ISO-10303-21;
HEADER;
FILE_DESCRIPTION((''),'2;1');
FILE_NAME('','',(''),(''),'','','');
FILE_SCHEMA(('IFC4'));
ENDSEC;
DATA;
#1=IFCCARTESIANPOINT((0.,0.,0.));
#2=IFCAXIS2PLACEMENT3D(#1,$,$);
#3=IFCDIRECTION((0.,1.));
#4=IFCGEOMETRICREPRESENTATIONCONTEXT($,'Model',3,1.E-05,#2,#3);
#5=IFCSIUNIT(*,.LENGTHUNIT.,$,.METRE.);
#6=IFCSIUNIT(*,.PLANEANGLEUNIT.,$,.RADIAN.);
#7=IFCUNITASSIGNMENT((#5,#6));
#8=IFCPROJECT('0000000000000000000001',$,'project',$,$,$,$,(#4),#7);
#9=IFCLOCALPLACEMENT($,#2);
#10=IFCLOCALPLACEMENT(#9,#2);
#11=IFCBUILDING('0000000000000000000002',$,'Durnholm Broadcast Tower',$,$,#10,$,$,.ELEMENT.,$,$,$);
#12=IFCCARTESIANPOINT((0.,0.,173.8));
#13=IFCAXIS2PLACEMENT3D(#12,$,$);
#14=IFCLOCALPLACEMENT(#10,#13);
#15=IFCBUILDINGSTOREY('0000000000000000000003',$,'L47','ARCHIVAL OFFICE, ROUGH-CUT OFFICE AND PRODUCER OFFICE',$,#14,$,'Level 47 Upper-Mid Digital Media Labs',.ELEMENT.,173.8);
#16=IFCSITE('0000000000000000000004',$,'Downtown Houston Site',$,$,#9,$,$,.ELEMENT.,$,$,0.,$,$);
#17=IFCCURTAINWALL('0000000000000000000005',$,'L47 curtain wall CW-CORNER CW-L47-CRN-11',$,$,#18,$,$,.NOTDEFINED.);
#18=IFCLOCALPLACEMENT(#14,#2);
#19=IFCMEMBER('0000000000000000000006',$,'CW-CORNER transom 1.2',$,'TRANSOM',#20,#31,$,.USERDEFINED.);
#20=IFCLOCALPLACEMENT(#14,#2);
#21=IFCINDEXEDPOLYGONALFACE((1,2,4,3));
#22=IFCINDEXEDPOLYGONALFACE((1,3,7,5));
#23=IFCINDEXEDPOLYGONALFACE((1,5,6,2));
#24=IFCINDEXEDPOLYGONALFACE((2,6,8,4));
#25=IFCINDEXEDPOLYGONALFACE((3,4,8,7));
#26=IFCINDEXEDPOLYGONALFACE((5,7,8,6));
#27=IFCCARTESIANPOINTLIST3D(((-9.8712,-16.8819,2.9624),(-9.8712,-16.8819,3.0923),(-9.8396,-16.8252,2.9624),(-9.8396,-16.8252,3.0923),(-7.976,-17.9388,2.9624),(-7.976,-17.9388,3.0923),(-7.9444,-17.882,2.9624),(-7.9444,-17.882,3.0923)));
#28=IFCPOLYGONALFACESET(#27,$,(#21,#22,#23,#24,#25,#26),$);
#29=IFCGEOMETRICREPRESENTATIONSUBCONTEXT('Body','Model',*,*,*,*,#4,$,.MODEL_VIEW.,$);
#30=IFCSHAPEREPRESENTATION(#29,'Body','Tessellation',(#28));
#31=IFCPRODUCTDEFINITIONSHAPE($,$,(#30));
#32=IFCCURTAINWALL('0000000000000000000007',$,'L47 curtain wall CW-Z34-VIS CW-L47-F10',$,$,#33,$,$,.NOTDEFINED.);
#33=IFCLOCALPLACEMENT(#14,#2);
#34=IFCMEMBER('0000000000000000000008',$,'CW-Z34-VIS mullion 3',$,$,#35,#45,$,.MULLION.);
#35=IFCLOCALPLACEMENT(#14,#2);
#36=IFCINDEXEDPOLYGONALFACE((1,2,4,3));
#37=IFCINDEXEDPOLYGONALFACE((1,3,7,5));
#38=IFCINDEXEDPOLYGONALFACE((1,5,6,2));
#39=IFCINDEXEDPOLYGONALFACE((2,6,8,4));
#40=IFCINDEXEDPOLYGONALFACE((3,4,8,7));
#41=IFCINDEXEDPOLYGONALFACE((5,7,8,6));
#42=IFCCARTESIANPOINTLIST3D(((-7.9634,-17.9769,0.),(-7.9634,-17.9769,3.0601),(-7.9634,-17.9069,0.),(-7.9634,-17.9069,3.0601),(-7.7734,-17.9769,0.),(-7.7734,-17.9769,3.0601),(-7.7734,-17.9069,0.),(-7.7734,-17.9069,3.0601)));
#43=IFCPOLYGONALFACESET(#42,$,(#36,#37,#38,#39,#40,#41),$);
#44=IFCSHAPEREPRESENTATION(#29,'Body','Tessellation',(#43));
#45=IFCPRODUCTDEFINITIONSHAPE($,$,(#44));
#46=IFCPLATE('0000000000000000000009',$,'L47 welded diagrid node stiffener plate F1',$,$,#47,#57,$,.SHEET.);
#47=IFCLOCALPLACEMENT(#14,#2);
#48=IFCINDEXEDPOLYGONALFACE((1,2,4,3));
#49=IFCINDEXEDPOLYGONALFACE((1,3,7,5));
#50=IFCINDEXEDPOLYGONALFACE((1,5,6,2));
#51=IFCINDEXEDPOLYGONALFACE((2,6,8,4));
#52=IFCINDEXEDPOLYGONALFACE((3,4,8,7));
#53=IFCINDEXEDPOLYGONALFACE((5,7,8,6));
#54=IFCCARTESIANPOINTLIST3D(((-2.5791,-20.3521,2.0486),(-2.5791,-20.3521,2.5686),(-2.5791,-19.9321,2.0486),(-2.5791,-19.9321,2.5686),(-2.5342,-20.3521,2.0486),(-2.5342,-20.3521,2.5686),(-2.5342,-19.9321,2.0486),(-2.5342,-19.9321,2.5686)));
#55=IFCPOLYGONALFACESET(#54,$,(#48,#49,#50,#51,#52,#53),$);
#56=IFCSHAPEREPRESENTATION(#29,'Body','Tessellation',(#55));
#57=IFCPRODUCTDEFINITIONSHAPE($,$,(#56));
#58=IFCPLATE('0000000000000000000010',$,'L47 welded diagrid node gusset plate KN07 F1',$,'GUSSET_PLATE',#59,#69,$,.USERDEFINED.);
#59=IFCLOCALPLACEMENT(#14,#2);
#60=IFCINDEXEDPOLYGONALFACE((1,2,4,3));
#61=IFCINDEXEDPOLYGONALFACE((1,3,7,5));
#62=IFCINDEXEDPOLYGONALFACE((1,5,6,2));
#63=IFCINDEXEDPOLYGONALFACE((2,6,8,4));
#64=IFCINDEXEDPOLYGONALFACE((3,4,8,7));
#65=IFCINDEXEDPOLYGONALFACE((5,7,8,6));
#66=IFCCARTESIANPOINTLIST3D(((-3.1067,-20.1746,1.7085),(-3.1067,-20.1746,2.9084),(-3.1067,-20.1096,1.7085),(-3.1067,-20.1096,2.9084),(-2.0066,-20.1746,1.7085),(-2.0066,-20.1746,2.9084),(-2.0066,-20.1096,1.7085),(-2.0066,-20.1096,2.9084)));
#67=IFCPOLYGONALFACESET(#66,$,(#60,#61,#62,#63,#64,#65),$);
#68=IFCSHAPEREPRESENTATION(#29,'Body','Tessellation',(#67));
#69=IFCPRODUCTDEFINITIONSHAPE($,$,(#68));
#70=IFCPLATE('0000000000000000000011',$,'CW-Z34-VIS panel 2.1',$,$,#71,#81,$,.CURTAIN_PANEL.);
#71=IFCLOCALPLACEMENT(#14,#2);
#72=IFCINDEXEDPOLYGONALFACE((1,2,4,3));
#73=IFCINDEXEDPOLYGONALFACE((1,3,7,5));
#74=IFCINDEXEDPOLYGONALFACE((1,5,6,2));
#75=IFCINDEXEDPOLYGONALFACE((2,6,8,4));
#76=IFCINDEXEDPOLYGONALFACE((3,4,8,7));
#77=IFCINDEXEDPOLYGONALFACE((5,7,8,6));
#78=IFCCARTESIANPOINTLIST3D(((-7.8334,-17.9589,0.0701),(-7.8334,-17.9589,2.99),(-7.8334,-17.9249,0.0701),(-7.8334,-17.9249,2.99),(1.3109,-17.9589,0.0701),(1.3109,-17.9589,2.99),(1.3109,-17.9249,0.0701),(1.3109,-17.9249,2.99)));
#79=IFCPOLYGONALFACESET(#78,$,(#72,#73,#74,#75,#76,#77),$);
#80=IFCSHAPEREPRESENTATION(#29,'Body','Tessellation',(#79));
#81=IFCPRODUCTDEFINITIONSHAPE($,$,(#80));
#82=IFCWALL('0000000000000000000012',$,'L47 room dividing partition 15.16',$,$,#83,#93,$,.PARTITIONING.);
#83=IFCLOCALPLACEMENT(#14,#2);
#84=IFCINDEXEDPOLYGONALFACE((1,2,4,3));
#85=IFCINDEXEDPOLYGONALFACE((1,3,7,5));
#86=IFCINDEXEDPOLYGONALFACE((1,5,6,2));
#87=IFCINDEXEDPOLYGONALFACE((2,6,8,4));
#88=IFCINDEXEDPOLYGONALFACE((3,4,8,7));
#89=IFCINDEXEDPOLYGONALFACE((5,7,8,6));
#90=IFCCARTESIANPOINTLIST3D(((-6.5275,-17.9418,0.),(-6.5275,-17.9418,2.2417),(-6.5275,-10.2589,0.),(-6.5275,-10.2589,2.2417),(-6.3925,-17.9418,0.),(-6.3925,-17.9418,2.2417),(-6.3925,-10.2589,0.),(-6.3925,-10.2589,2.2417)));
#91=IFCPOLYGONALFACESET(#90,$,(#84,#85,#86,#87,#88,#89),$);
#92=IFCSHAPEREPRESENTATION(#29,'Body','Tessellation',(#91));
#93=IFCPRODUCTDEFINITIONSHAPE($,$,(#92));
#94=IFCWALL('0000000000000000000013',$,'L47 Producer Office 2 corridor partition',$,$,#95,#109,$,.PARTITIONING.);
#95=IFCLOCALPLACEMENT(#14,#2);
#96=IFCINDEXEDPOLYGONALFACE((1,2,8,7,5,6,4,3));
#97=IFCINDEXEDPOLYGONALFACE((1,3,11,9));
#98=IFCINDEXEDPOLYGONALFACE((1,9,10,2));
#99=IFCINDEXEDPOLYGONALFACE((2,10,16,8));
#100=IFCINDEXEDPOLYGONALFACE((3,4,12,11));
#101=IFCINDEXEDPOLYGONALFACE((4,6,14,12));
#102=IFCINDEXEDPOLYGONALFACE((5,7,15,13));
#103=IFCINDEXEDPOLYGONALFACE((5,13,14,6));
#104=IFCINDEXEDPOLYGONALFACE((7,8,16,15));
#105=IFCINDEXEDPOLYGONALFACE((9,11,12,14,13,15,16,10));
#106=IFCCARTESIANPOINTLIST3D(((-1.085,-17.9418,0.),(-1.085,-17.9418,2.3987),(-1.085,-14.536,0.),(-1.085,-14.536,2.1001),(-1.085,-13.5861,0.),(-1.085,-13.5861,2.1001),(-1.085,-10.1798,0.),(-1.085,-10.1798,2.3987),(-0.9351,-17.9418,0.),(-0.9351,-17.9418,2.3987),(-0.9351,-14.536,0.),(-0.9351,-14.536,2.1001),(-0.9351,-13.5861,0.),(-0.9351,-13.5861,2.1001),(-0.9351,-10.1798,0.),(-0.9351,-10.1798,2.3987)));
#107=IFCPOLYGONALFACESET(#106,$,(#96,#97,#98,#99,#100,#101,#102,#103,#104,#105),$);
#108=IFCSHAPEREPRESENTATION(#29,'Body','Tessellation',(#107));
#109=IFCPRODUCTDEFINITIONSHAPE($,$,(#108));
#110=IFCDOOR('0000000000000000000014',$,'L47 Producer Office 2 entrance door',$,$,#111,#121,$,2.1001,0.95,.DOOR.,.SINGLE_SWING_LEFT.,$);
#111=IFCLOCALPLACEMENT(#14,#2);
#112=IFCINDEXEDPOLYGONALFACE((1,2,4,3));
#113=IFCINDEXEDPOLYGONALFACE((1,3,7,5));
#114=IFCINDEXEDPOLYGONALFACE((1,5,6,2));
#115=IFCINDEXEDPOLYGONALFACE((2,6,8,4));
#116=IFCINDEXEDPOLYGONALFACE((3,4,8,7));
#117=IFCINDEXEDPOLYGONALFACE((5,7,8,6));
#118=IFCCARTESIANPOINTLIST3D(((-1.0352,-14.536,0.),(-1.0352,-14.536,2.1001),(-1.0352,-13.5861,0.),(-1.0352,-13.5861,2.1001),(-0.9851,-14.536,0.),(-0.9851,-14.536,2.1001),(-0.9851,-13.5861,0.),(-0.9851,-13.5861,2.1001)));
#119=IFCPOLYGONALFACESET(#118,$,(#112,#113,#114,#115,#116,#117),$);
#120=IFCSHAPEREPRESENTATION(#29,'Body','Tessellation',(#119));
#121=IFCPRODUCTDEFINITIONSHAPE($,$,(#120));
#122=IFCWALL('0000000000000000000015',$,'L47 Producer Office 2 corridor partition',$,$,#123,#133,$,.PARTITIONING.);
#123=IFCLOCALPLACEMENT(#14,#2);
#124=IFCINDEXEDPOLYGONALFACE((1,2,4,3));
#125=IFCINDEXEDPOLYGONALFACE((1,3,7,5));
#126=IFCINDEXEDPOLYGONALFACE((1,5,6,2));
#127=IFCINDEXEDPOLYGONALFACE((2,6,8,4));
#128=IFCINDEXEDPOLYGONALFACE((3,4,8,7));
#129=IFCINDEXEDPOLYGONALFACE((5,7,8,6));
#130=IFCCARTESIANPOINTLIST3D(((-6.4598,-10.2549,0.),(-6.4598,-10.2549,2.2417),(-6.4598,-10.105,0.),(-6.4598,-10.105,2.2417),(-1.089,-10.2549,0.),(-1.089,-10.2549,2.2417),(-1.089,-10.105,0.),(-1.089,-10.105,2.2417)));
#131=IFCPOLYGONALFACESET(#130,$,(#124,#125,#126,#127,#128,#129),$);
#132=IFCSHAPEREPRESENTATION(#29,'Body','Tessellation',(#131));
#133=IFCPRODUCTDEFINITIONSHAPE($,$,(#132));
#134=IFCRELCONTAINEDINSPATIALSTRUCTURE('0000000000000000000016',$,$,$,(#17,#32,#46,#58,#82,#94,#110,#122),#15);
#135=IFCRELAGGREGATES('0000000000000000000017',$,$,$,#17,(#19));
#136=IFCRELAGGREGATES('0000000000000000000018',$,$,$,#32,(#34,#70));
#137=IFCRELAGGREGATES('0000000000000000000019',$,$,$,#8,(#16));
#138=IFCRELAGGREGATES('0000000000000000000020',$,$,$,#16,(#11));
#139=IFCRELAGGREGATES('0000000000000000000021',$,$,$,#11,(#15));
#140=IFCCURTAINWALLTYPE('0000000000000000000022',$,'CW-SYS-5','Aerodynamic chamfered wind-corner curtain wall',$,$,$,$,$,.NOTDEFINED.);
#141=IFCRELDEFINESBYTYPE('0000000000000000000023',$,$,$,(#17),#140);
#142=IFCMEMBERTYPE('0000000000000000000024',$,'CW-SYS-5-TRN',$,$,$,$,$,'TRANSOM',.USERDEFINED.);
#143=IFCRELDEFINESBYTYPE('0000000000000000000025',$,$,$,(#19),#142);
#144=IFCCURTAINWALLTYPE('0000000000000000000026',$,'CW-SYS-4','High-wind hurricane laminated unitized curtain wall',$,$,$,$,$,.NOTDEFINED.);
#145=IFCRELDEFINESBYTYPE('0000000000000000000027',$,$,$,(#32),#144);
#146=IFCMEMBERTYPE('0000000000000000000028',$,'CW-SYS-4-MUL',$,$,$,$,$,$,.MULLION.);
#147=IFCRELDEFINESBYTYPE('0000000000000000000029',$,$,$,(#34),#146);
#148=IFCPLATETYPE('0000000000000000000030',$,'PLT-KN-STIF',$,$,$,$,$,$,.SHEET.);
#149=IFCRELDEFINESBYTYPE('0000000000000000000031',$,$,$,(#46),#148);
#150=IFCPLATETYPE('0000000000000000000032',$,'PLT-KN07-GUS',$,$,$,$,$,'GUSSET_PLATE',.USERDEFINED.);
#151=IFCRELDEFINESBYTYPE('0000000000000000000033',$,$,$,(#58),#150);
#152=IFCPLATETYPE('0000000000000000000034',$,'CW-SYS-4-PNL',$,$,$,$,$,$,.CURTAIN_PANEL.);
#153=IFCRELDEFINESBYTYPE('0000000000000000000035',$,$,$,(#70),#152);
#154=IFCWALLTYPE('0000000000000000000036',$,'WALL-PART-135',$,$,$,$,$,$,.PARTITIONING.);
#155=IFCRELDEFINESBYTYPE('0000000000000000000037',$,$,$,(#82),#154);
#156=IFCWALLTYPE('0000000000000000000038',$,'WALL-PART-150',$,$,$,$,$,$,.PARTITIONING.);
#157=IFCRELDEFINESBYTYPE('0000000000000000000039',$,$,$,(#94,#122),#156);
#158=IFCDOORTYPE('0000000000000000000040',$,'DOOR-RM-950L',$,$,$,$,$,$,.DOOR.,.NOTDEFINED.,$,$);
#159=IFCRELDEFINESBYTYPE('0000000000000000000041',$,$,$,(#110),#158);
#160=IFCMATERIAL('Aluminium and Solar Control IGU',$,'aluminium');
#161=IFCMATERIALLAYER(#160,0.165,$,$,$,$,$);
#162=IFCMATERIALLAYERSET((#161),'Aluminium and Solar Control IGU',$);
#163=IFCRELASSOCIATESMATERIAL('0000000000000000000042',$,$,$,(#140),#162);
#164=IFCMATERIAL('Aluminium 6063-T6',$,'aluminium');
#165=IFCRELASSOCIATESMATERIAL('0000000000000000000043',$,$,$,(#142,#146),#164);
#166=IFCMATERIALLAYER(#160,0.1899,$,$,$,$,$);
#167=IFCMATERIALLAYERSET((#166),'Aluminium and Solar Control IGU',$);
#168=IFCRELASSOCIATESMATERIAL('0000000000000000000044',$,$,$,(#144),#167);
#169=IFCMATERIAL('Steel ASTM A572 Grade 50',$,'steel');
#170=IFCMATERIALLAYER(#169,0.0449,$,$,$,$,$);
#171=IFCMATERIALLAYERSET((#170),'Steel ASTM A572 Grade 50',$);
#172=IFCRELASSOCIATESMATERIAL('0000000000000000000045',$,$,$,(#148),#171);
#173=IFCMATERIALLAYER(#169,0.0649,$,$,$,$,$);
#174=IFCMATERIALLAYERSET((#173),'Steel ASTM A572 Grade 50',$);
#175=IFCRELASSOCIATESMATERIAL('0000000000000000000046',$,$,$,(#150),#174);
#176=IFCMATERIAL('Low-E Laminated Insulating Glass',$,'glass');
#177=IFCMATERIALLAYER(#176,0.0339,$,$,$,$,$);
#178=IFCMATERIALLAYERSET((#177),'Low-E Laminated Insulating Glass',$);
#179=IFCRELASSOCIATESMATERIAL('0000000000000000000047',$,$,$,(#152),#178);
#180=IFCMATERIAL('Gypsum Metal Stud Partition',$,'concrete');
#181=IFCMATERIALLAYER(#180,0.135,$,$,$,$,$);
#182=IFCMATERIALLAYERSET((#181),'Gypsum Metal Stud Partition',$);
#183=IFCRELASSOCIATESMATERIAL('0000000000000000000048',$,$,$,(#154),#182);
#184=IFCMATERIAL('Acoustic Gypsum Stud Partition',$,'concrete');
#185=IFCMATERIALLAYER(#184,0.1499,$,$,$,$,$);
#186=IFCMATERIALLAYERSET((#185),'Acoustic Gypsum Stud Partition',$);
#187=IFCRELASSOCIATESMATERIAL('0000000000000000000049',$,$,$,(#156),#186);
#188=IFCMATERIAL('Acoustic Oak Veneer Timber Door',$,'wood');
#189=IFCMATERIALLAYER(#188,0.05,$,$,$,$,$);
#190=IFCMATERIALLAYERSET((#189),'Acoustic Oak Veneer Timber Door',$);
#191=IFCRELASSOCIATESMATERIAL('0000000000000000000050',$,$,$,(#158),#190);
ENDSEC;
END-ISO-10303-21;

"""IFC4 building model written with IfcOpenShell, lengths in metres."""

from ifc_helpers import new_model, si_unit, direction, frame, frame_2d, origin, origin_2d, place, context, subcontext, project, spatial, rectangle, extrude, source, transform, mapped, material, layer, layer_set, material_profile, profile_set, type_object, type_shapes, element, fill, aggregate, save


model = new_model("IFC4")

# Units and contexts
model_context = context("Model", 3, precision=1e-05, world=origin(), true_north=direction((0.0, 1.0)))
body_context = subcontext(model_context, "Body", "Model", "MODEL_VIEW")
ifc_project = project(units=[si_unit("LENGTHUNIT", "METRE"), si_unit("PLANEANGLEUNIT", "RADIAN")], contexts=[model_context])

# Site, building, storey
site_placement = place(None, origin())
site = spatial("IfcSite", under=ifc_project, at=site_placement, Name="Downtown Houston Site", CompositionType="ELEMENT", RefElevation=0.0)
building_placement = place(site_placement, origin())
building = spatial("IfcBuilding", under=site, at=building_placement, Name="Durnholm Broadcast Tower", CompositionType="ELEMENT")
storey_placement = place(building_placement, frame((0.0, 0.0, 173.8)))
storey = spatial("IfcBuildingStorey", under=building, at=storey_placement, Name="L47", Description="ARCHIVAL OFFICE, ROUGH-CUT OFFICE AND PRODUCER OFFICE", LongName="Level 47 Upper-Mid Digital Media Labs", CompositionType="ELEMENT", Elevation=173.8)

# Curtain wall, member
ifc_material_1 = material(Name="Aluminium and Solar Control IGU", Category="aluminium")
ifc_layer_1 = layer(ifc_material_1, 0.165)
ifc_layer_set_1 = layer_set([ifc_layer_1], Name="Aluminium and Solar Control IGU")
curtain_wall_type_1 = type_object("IfcCurtainWallType", Name="CW-SYS-5", Description="Aerodynamic chamfered wind-corner curtain wall", PredefinedType="NOTDEFINED", material=ifc_layer_set_1)
curtain_wall_1_placement = place(storey_placement, origin())
curtain_wall_1 = element("IfcCurtainWall", 1, at=curtain_wall_1_placement, inside=storey, type_object=curtain_wall_type_1, Name="L47 curtain wall CW-CORNER CW-L47-CRN-11", PredefinedType="NOTDEFINED")
ifc_material_2 = material(Name="Aluminium 6063-T6", Category="aluminium")
ifc_material_profile_1 = material_profile(ifc_material_2, rectangle(XDim=0.0649, YDim=0.1299, at=origin_2d()), Name="CWT65X130")
ifc_profile_set_1 = profile_set([ifc_material_profile_1], Name="Aluminium 6063-T6")
member_type_1 = type_object("IfcMemberType", Name="CW-SYS-5-TRN", ElementType="TRANSOM", PredefinedType="USERDEFINED", material=ifc_profile_set_1)
shared_shape_1 = source(origin(), body_context, "Body", "SweptSolid", [
    extrude(rectangle(XDim=0.0649, YDim=0.1299, at=origin_2d()), origin(), (0.0, 0.0, 1.0), 2.1699),
])
type_shapes(member_type_1, [shared_shape_1])
member_1_placement = place(storey_placement, frame((-7.9602, -17.9104, 3.0273), z_axis=(-0.873381, 0.487037, 0.0), x_axis=(-0.487037, -0.873381, 0.0)))
member_1 = element("IfcMember", 2, at=member_1_placement, type_object=member_type_1, Name="CW-CORNER transom 1.2", ObjectType="TRANSOM", PredefinedType="USERDEFINED", context=body_context, shape_type="MappedRepresentation", body=[
    mapped(shared_shape_1, transform((0.0, 0.0, 0.0), x_axis=(1.0, 0.0, 0.0), y_axis=(0.0, 1.0, 0.0), z_axis=(0.0, 0.0, 1.0), scale=1.0)),
])
aggregate(curtain_wall_1, [member_1])

# Curtain wall, member
ifc_layer_2 = layer(ifc_material_1, 0.1899)
ifc_layer_set_2 = layer_set([ifc_layer_2], Name="Aluminium and Solar Control IGU")
curtain_wall_type_2 = type_object("IfcCurtainWallType", Name="CW-SYS-4", Description="High-wind hurricane laminated unitized curtain wall", PredefinedType="NOTDEFINED", material=ifc_layer_set_2)
curtain_wall_2_placement = place(storey_placement, origin())
curtain_wall_2 = element("IfcCurtainWall", 3, at=curtain_wall_2_placement, inside=storey, type_object=curtain_wall_type_2, Name="L47 curtain wall CW-Z34-VIS CW-L47-F10", PredefinedType="NOTDEFINED")
ifc_material_profile_2 = material_profile(ifc_material_2, rectangle(XDim=0.0701, YDim=0.1899, at=origin_2d()), Name="CWM70X190")
ifc_profile_set_2 = profile_set([ifc_material_profile_2], Name="Aluminium 6063-T6")
member_type_2 = type_object("IfcMemberType", Name="CW-SYS-4-MUL", PredefinedType="MULLION", material=ifc_profile_set_2)
shared_shape_2 = source(origin(), body_context, "Body", "SweptSolid", [
    extrude(rectangle(XDim=0.0701, YDim=0.1899, at=origin_2d()), origin(), (0.0, 0.0, 1.0), 3.0601),
])
type_shapes(member_type_2, [shared_shape_2])
member_2_placement = place(storey_placement, frame((-7.8684, -17.9419, 0.0), z_axis=(0.0, 0.0, 1.0), x_axis=(0.0, -1.0, 0.0)))
member_2 = element("IfcMember", 4, at=member_2_placement, type_object=member_type_2, Name="CW-Z34-VIS mullion 3", PredefinedType="MULLION", context=body_context, shape_type="MappedRepresentation", body=[
    mapped(shared_shape_2, transform((0.0, 0.0, 0.0), x_axis=(1.0, 0.0, 0.0), y_axis=(0.0, 1.0, 0.0), z_axis=(0.0, 0.0, 1.0), scale=1.0)),
])

# Plates
ifc_material_3 = material(Name="Steel ASTM A572 Grade 50", Category="steel")
ifc_layer_3 = layer(ifc_material_3, 0.0449)
ifc_layer_set_3 = layer_set([ifc_layer_3], Name="Steel ASTM A572 Grade 50")
plate_type_1 = type_object("IfcPlateType", Name="PLT-KN-STIF", PredefinedType="SHEET", material=ifc_layer_set_3)
shared_shape_3 = source(origin(), body_context, "Body", "SweptSolid", [
    extrude(rectangle(XDim=0.0449, YDim=0.4199, at=origin_2d()), origin(), (0.0, 0.0, 1.0), 0.52),
])
type_shapes(plate_type_1, [shared_shape_3])
plate_1_placement = place(storey_placement, frame((-2.5566, -20.1421, 2.0486), z_axis=(0.0, 0.0, 1.0), x_axis=(1.0, 0.0, 0.0)))
element("IfcPlate", 5, at=plate_1_placement, inside=storey, type_object=plate_type_1, Name="L47 welded diagrid node stiffener plate F1", PredefinedType="SHEET", context=body_context, shape_type="MappedRepresentation", body=[
    mapped(shared_shape_3, transform((0.0, 0.0, 0.0), x_axis=(1.0, 0.0, 0.0), y_axis=(0.0, 1.0, 0.0), z_axis=(0.0, 0.0, 1.0), scale=1.0)),
])
ifc_layer_4 = layer(ifc_material_3, 0.0649)
ifc_layer_set_4 = layer_set([ifc_layer_4], Name="Steel ASTM A572 Grade 50")
plate_type_2 = type_object("IfcPlateType", Name="PLT-KN07-GUS", ElementType="GUSSET_PLATE", PredefinedType="USERDEFINED", material=ifc_layer_set_4)
shared_shape_4 = source(origin(), body_context, "Body", "SweptSolid", [
    extrude(rectangle(XDim=1.1001, YDim=0.0649, at=origin_2d()), origin(), (0.0, 0.0, 1.0), 1.2),
])
type_shapes(plate_type_2, [shared_shape_4])
plate_2_placement = place(storey_placement, frame((-2.5566, -20.1421, 1.7085), z_axis=(0.0, 0.0, 1.0), x_axis=(1.0, 0.0, 0.0)))
element("IfcPlate", 6, at=plate_2_placement, inside=storey, type_object=plate_type_2, Name="L47 welded diagrid node gusset plate KN07 F1", ObjectType="GUSSET_PLATE", PredefinedType="USERDEFINED", context=body_context, shape_type="MappedRepresentation", body=[
    mapped(shared_shape_4, transform((0.0, 0.0, 0.0), x_axis=(1.0, 0.0, 0.0), y_axis=(0.0, 1.0, 0.0), z_axis=(0.0, 0.0, 1.0), scale=1.0)),
])

# Plate
ifc_material_4 = material(Name="Low-E Laminated Insulating Glass", Category="glass")
ifc_layer_5 = layer(ifc_material_4, 0.0339)
ifc_layer_set_5 = layer_set([ifc_layer_5], Name="Low-E Laminated Insulating Glass")
plate_type_3 = type_object("IfcPlateType", Name="CW-SYS-4-PNL", PredefinedType="CURTAIN_PANEL", material=ifc_layer_set_5)
shared_shape_5 = source(origin(), body_context, "Body", "SweptSolid", [
    extrude(rectangle(XDim=9.1443, YDim=0.0339, at=origin_2d()), origin(), (0.0, 0.0, 1.0), 2.9199),
])
type_shapes(plate_type_3, [shared_shape_5])
plate_3_placement = place(storey_placement, frame((-3.2612, -17.9419, 0.0701), z_axis=(0.0, 0.0, 1.0), x_axis=(-1.0, 0.0, 0.0)))
plate_3 = element("IfcPlate", 7, at=plate_3_placement, type_object=plate_type_3, Name="CW-Z34-VIS panel 2.1", PredefinedType="CURTAIN_PANEL", context=body_context, shape_type="MappedRepresentation", body=[
    mapped(shared_shape_5, transform((0.0, 0.0, 0.0), x_axis=(1.0, 0.0, 0.0), y_axis=(0.0, 1.0, 0.0), z_axis=(0.0, 0.0, 1.0), scale=1.0)),
])
aggregate(curtain_wall_2, [member_2, plate_3])

# Wall
ifc_material_5 = material(Name="Gypsum Metal Stud Partition", Category="concrete")
ifc_layer_6 = layer(ifc_material_5, 0.135)
ifc_layer_set_6 = layer_set([ifc_layer_6], Name="Gypsum Metal Stud Partition")
wall_type_1 = type_object("IfcWallType", Name="WALL-PART-135", PredefinedType="PARTITIONING", material=ifc_layer_set_6)
wall_1_placement = place(storey_placement, frame((-6.46, -10.259, 0.0), z_axis=(0.0, 0.0, 1.0), x_axis=(0.0, -1.0, 0.0)))
element("IfcWall", 8, at=wall_1_placement, inside=storey, type_object=wall_type_1, Name="L47 room dividing partition 15.16", PredefinedType="PARTITIONING", context=body_context, shape_type="SweptSolid", body=[
    extrude(rectangle(XDim=7.6829, YDim=0.135, at=frame_2d((3.8413, 0.0))), origin(), (0.0, 0.0, 1.0), 2.2417),
])

# Wall, opening, door
ifc_material_6 = material(Name="Acoustic Gypsum Stud Partition", Category="concrete")
ifc_layer_7 = layer(ifc_material_6, 0.1499)
ifc_layer_set_7 = layer_set([ifc_layer_7], Name="Acoustic Gypsum Stud Partition")
wall_type_2 = type_object("IfcWallType", Name="WALL-PART-150", PredefinedType="PARTITIONING", material=ifc_layer_set_7)
wall_2_placement = place(storey_placement, frame((-1.01, -10.1799, 0.0), z_axis=(0.0, 0.0, 1.0), x_axis=(0.0, -1.0, 0.0)))
wall_2 = element("IfcWall", 9, at=wall_2_placement, inside=storey, type_object=wall_type_2, Name="L47 Producer Office 2 corridor partition", PredefinedType="PARTITIONING", context=body_context, shape_type="SweptSolid", body=[
    extrude(rectangle(XDim=7.762, YDim=0.1499, at=frame_2d((3.8809, 0.0))), origin(), (0.0, 0.0, 1.0), 2.3987),
])
opening_placement = place(wall_2_placement, frame((3.406, 0.0, 0.0)))
opening = element("IfcOpeningElement", 10, at=opening_placement, cuts=wall_2, PredefinedType="OPENING", context=body_context, shape_type="SweptSolid", body=[
    extrude(rectangle(XDim=0.95, YDim=2.1001, at=frame_2d((0.4751, 1.05))), frame((0.0, 0.085, 0.0), z_axis=(0.0, -1.0, 0.0), x_axis=(1.0, 0.0, 0.0)), (0.0, 0.0, 1.0), 0.1699),
])
ifc_material_7 = material(Name="Acoustic Oak Veneer Timber Door", Category="wood")
ifc_layer_8 = layer(ifc_material_7, 0.05)
ifc_layer_set_8 = layer_set([ifc_layer_8], Name="Acoustic Oak Veneer Timber Door")
door_type = type_object("IfcDoorType", Name="DOOR-RM-950L", OperationType="NOTDEFINED", PredefinedType="DOOR", material=ifc_layer_set_8)
shared_shape_6 = source(origin(), body_context, "Body", "SweptSolid", [
    extrude(rectangle(XDim=0.95, YDim=2.1001, at=frame_2d((0.4751, 1.05))), frame((0.0, 0.0249, 0.0), z_axis=(0.0, -1.0, 0.0), x_axis=(1.0, 0.0, 0.0)), (0.0, 0.0, 1.0), 0.05),
])
type_shapes(door_type, [shared_shape_6])
door_placement = place(opening_placement, origin())
door = element("IfcDoor", 11, at=door_placement, inside=storey, type_object=door_type, Name="L47 Producer Office 2 entrance door", OperationType="SINGLE_SWING_LEFT", OverallHeight=2.1001, OverallWidth=0.95, PredefinedType="DOOR", context=body_context, shape_type="MappedRepresentation", body=[
    mapped(shared_shape_6, transform((0.0, 0.0, 0.0), x_axis=(1.0, 0.0, 0.0), y_axis=(0.0, 1.0, 0.0), z_axis=(0.0, 0.0, 1.0), scale=1.0)),
])
fill(opening, door)

# Wall
wall_3_placement = place(storey_placement, frame((-6.46, -10.1799, 0.0), z_axis=(0.0, 0.0, 1.0), x_axis=(1.0, 0.0, 0.0)))
element("IfcWall", 12, at=wall_3_placement, inside=storey, type_object=wall_type_2, Name="L47 Producer Office 2 corridor partition", PredefinedType="PARTITIONING", context=body_context, shape_type="SweptSolid", body=[
    extrude(rectangle(XDim=5.3708, YDim=0.1499, at=frame_2d((2.6855, 0.0))), origin(), (0.0, 0.0, 1.0), 2.2417),
])

save(model, "model.ifc")
